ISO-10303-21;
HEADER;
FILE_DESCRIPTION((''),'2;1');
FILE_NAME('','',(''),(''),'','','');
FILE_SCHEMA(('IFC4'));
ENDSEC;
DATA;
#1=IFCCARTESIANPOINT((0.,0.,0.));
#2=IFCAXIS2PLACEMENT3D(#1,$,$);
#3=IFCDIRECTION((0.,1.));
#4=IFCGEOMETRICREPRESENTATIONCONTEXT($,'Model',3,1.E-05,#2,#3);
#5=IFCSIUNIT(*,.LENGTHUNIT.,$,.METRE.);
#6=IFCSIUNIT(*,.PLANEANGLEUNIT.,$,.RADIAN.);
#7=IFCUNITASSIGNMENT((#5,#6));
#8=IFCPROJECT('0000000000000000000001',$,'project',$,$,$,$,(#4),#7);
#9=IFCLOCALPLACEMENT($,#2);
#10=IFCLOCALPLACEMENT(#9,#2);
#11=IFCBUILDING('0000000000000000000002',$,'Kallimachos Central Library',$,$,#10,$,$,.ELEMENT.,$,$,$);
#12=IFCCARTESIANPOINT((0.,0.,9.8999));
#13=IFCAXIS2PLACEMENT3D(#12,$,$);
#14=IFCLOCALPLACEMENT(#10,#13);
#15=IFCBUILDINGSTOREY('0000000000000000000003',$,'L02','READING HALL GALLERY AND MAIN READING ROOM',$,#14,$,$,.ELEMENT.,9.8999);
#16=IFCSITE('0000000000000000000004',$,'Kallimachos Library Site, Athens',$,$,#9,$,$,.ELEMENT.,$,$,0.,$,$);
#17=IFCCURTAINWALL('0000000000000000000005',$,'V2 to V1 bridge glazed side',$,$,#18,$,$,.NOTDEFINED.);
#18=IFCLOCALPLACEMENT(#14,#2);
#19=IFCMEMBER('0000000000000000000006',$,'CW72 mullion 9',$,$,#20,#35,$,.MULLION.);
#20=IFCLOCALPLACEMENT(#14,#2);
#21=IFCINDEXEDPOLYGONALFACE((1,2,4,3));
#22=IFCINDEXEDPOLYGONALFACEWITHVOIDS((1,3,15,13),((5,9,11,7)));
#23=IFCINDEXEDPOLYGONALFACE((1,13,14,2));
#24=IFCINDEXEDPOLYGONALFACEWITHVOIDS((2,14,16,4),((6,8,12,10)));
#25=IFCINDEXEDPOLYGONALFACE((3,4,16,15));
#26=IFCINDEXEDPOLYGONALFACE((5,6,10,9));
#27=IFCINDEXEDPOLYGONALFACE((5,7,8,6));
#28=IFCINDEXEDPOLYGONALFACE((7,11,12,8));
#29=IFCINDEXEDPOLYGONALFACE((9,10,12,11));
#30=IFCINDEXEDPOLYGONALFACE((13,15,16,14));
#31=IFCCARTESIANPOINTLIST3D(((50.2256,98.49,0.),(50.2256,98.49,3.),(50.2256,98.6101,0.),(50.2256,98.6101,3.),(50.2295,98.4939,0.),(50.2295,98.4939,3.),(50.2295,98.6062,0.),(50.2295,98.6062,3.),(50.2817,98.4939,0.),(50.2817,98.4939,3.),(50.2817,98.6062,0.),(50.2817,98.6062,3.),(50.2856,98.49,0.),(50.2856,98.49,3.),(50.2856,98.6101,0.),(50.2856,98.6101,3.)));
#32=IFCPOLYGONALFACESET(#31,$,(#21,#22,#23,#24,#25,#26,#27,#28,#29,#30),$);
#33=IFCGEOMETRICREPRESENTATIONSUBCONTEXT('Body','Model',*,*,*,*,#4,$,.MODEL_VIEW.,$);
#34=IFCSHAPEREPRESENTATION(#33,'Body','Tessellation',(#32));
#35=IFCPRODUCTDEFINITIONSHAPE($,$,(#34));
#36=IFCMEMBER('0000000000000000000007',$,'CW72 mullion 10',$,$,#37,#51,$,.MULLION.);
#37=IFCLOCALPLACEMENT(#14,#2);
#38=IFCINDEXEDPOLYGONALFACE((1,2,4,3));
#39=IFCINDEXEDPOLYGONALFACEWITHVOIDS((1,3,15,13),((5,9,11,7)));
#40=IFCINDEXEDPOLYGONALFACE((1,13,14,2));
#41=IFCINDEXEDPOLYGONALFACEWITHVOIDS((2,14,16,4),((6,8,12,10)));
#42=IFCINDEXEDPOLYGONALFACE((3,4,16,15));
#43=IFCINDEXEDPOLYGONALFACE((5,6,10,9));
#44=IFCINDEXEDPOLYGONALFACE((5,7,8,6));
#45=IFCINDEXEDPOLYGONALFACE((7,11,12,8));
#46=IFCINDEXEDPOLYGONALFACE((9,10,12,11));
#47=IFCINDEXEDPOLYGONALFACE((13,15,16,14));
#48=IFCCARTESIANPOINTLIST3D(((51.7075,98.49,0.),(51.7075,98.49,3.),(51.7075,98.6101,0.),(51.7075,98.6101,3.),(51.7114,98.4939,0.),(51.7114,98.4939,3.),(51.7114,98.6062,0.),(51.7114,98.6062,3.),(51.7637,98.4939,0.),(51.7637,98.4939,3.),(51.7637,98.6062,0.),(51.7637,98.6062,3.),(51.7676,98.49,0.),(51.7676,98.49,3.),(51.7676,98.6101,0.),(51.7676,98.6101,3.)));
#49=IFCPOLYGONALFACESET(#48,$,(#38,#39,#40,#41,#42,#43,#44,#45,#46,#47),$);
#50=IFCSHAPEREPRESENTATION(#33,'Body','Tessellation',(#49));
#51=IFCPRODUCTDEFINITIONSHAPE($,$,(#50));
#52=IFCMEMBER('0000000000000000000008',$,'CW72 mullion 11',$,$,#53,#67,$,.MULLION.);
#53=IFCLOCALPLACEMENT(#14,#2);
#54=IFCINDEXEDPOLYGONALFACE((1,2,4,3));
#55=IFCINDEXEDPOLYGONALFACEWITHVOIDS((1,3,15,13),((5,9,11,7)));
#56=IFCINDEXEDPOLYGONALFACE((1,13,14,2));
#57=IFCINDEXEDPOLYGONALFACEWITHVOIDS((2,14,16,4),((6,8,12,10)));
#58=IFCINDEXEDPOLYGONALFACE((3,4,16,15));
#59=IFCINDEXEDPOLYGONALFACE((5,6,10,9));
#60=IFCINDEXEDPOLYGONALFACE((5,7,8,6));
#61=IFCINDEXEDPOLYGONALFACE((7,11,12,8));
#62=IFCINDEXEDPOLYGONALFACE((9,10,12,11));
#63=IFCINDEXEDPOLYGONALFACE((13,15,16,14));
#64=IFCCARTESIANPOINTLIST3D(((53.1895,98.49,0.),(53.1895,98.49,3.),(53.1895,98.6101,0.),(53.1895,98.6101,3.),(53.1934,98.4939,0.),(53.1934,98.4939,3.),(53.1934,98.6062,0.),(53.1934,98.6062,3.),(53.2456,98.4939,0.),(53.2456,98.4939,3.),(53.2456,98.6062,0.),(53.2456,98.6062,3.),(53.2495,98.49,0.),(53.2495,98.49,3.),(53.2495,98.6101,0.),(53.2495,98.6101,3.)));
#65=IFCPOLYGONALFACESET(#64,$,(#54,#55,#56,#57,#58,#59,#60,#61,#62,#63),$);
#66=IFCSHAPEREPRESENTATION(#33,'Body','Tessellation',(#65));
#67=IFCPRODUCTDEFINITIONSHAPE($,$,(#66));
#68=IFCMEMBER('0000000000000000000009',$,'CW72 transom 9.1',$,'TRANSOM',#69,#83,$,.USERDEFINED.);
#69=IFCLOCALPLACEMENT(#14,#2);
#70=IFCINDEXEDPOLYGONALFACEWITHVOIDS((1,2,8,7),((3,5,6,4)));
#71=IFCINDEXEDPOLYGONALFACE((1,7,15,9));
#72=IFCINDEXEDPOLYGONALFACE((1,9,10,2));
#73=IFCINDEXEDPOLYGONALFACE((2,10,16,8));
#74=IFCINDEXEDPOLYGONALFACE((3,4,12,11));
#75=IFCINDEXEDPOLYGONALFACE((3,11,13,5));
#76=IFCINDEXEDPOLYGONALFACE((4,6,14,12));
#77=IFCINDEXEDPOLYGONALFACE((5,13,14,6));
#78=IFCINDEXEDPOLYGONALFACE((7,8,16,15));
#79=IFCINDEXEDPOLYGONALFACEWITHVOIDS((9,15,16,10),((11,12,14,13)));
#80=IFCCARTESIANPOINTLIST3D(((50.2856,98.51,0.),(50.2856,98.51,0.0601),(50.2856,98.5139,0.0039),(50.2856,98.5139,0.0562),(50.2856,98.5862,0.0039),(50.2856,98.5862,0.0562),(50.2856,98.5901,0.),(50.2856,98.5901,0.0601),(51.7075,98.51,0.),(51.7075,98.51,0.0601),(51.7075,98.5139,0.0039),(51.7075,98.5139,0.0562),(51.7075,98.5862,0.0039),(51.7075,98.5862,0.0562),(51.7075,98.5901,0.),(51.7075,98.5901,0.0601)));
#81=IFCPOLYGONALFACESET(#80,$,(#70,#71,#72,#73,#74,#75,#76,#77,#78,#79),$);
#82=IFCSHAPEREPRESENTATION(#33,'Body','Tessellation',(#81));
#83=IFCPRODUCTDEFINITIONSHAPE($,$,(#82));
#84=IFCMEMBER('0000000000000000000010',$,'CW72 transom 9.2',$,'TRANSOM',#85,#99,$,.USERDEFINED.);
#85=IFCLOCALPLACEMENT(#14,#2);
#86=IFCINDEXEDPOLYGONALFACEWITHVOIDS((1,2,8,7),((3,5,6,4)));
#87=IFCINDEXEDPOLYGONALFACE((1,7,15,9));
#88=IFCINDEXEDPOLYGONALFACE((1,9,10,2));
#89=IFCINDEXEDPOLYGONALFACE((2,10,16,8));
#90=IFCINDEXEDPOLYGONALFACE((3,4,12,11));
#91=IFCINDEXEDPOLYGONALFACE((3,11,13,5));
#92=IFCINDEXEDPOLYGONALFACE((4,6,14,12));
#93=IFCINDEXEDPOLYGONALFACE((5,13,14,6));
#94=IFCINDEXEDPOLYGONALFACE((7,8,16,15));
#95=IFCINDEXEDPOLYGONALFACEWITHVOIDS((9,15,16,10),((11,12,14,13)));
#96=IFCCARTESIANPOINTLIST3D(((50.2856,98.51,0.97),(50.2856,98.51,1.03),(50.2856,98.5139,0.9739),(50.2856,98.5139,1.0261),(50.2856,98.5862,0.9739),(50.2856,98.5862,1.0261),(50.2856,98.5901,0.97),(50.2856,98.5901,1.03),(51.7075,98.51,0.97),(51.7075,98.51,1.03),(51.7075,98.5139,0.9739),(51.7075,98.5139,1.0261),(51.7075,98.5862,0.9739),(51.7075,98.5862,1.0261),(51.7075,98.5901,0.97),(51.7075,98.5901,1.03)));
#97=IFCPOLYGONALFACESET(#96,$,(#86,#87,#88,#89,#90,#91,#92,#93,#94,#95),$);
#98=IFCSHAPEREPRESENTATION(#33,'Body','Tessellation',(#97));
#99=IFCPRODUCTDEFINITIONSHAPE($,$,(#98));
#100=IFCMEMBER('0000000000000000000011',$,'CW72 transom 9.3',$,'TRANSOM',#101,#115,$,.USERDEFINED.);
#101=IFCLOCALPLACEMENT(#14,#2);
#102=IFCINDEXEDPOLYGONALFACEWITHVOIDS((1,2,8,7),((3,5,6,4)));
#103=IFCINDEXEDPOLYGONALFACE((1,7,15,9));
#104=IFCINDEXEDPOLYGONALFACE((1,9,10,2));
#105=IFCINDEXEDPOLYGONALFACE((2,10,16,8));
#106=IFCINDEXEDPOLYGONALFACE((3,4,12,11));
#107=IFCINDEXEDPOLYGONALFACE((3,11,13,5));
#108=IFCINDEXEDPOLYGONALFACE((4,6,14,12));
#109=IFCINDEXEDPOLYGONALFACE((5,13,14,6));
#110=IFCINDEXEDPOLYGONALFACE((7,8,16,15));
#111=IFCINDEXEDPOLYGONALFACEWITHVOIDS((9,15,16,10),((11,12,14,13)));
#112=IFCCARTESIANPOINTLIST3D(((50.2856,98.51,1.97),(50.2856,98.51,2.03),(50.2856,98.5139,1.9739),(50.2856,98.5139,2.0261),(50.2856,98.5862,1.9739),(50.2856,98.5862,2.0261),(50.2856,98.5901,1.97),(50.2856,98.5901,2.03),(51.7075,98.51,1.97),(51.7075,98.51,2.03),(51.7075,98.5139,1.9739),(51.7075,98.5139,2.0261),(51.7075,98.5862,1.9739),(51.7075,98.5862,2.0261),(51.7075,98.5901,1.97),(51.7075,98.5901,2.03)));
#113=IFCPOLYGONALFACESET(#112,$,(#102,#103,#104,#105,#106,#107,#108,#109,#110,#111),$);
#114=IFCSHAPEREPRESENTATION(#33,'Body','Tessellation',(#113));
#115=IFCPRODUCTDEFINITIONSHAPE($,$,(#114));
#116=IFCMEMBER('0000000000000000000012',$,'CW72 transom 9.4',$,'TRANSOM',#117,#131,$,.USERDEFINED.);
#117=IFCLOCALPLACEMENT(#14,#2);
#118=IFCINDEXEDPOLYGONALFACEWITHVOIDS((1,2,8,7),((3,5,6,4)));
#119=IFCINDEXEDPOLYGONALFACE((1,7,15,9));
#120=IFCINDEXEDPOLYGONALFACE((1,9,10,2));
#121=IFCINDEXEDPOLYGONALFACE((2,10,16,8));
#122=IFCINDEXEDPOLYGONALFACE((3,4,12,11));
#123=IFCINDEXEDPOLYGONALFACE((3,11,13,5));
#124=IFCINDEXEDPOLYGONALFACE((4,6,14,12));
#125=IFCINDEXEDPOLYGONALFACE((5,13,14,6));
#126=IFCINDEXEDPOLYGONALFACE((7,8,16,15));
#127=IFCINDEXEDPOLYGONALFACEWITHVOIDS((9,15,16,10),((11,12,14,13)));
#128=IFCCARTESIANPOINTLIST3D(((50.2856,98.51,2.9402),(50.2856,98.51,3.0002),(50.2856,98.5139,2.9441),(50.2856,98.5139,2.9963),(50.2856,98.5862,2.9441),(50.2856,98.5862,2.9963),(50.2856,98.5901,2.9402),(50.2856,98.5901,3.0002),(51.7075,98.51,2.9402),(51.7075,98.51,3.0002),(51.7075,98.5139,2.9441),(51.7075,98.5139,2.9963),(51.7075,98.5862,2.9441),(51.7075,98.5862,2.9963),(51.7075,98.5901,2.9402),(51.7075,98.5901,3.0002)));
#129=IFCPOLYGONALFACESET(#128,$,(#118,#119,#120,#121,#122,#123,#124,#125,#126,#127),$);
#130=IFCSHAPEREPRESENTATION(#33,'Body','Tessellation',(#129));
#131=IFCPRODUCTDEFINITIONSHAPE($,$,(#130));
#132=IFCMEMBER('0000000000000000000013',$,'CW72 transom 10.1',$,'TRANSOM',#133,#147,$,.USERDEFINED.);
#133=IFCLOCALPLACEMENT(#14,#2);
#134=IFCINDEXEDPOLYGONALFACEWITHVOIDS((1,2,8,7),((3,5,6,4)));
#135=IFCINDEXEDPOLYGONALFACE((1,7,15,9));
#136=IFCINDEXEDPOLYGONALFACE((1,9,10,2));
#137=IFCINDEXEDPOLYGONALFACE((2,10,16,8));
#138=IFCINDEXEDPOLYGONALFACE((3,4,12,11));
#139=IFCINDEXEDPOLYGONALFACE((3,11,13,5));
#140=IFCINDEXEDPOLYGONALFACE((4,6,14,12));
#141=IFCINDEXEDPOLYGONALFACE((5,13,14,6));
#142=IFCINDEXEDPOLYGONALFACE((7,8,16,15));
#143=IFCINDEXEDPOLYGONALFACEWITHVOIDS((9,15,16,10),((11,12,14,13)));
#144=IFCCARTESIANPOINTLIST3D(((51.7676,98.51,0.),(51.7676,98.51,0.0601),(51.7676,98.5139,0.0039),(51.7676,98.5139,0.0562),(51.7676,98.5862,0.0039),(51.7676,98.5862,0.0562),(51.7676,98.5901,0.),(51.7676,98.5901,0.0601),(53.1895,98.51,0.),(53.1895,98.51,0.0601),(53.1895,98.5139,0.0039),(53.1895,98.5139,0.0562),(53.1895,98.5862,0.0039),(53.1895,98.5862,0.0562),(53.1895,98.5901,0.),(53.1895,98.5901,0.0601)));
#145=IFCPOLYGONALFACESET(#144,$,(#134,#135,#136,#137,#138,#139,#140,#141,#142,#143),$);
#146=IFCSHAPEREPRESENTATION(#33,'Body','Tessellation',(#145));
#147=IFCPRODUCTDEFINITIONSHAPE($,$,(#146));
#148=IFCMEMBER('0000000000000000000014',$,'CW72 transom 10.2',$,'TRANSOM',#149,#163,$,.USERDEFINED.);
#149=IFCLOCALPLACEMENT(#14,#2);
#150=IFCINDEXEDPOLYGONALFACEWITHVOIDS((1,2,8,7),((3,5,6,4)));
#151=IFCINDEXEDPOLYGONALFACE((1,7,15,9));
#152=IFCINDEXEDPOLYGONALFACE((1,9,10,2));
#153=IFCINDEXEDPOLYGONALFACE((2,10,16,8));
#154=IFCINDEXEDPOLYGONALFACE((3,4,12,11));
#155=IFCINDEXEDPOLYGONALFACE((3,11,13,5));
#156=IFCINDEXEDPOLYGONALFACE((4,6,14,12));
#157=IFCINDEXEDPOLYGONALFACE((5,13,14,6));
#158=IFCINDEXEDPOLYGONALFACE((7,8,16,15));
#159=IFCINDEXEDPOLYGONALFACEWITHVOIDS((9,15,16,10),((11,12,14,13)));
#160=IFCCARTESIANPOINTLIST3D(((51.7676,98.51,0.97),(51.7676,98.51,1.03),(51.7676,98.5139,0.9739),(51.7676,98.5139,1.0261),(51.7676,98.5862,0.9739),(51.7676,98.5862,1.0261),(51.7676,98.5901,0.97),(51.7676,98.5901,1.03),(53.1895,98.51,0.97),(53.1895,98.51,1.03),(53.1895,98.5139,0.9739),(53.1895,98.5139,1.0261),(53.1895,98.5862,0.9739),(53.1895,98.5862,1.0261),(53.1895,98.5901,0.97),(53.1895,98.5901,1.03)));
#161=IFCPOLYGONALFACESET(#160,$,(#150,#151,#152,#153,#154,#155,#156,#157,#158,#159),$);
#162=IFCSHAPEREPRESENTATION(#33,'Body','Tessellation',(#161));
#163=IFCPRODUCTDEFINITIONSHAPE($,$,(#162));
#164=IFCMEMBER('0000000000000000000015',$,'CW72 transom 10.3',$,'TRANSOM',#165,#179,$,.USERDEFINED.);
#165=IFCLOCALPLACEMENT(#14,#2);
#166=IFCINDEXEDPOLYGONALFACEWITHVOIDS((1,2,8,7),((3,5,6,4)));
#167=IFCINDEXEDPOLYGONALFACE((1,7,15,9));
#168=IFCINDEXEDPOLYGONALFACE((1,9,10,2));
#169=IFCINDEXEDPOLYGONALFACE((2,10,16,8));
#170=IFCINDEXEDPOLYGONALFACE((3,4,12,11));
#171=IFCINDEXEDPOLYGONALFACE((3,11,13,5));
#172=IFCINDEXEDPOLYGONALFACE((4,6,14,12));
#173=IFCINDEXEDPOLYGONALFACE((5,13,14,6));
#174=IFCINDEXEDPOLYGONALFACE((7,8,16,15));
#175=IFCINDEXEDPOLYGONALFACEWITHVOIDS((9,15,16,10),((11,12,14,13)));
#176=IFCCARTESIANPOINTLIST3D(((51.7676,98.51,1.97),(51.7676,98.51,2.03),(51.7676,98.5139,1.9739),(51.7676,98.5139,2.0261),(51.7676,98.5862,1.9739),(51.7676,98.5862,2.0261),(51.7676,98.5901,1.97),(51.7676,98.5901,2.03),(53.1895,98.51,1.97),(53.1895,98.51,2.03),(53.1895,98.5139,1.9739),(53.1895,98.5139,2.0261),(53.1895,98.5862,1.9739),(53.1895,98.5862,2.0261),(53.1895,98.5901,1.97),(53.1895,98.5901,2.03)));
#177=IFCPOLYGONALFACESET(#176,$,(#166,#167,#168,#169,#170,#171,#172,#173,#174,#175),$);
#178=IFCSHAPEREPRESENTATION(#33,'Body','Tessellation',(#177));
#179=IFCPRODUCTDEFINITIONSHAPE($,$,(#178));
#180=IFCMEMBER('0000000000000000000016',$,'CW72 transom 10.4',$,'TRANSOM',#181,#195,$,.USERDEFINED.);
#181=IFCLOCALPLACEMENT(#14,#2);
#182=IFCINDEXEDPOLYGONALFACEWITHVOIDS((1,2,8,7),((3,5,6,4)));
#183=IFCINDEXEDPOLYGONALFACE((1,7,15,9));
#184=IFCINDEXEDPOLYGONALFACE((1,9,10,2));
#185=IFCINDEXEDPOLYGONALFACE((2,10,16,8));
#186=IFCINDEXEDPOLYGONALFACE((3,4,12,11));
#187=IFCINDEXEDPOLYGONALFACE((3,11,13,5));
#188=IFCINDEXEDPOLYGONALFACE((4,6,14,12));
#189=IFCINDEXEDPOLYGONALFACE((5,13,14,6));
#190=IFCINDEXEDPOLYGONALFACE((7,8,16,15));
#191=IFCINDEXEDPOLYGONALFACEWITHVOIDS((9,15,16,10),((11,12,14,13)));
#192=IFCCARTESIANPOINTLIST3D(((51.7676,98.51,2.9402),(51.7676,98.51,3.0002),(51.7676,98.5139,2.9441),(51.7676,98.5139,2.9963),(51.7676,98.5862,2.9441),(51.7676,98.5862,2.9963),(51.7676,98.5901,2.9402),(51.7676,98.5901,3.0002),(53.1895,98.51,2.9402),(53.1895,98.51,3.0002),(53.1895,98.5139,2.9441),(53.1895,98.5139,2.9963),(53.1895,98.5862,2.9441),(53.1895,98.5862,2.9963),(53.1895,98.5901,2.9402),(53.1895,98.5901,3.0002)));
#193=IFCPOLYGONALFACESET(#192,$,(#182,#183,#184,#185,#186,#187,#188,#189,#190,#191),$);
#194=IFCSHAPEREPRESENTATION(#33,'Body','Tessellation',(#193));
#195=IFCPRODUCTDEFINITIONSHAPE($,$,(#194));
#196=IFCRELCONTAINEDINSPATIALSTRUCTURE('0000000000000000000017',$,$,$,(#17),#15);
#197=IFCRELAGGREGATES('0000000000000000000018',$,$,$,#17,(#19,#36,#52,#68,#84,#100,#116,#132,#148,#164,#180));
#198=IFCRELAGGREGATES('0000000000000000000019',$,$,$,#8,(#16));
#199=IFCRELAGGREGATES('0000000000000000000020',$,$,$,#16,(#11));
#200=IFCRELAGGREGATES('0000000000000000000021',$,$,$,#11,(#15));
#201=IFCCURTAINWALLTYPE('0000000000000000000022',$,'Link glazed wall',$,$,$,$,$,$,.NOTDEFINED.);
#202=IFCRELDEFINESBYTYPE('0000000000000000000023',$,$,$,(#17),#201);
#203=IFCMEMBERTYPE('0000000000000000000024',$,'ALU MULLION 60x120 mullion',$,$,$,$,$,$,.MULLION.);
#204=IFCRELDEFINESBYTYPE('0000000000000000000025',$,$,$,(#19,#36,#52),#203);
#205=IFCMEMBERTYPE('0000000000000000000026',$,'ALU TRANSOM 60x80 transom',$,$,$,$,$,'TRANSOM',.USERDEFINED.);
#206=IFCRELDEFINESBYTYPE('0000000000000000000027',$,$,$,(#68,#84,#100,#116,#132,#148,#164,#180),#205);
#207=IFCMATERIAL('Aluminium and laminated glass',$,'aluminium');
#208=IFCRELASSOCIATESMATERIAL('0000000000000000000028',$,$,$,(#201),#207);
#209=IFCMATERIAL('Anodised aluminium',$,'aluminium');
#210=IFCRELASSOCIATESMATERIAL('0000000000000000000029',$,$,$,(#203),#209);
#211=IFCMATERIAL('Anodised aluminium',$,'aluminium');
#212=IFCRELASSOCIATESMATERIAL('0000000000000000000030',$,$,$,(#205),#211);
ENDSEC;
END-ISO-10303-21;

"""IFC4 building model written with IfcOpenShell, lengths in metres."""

from ifc_helpers import new_model, si_unit, direction, frame, origin, origin_2d, place, context, subcontext, project, spatial, hollow_rectangle, extrude, material, material_profile, profile_set, type_object, element, aggregate, save


model = new_model("IFC4")

# Units and contexts
model_context = context("Model", 3, precision=1e-05, world=origin(), true_north=direction((0.0, 1.0)))
body_context = subcontext(model_context, "Body", "Model", "MODEL_VIEW")
ifc_project = project(units=[si_unit("LENGTHUNIT", "METRE"), si_unit("PLANEANGLEUNIT", "RADIAN")], contexts=[model_context])

# Site, building, storey
site_placement = place(None, origin())
site = spatial("IfcSite", under=ifc_project, at=site_placement, Name="Kallimachos Library Site, Athens", CompositionType="ELEMENT", RefElevation=0.0)
building_placement = place(site_placement, origin())
building = spatial("IfcBuilding", under=site, at=building_placement, Name="Kallimachos Central Library", CompositionType="ELEMENT")
storey_placement = place(building_placement, frame((0.0, 0.0, 9.8999)))
storey = spatial("IfcBuildingStorey", under=building, at=storey_placement, Name="L02", Description="READING HALL GALLERY AND MAIN READING ROOM", CompositionType="ELEMENT", Elevation=9.8999)

# Curtain wall, members
ifc_material_1 = material(Name="Aluminium and laminated glass", Category="aluminium")
curtain_wall_type = type_object("IfcCurtainWallType", Name="Link glazed wall", PredefinedType="NOTDEFINED", material=ifc_material_1)
curtain_wall_placement = place(storey_placement, origin())
curtain_wall = element("IfcCurtainWall", 1, at=curtain_wall_placement, inside=storey, type_object=curtain_wall_type, Name="V2 to V1 bridge glazed side", PredefinedType="NOTDEFINED")
ifc_material_2 = material(Name="Anodised aluminium", Category="aluminium")
ifc_material_profile_1 = material_profile(ifc_material_2, hollow_rectangle(XDim=0.0601, YDim=0.1201, WallThickness=0.0039, at=origin_2d()), Name="ALU MULLION 60x120")
ifc_profile_set_1 = profile_set([ifc_material_profile_1], Name="Anodised aluminium")
member_type_1 = type_object("IfcMemberType", Name="ALU MULLION 60x120 mullion", PredefinedType="MULLION", material=ifc_profile_set_1)
member_1_placement = place(storey_placement, frame((50.2556, 98.55, 0.0), z_axis=(0.0, 0.0, 1.0), x_axis=(1.0, 0.0, 0.0)))
member_1 = element("IfcMember", 2, at=member_1_placement, type_object=member_type_1, Name="CW72 mullion 9", PredefinedType="MULLION", context=body_context, shape_type="SweptSolid", body=[
    extrude(hollow_rectangle(XDim=0.0601, YDim=0.1201, WallThickness=0.0039, at=origin_2d()), origin(), (0.0, 0.0, 1.0), 3.0),
])
member_2_placement = place(storey_placement, frame((51.7375, 98.55, 0.0), z_axis=(0.0, 0.0, 1.0), x_axis=(1.0, 0.0, 0.0)))
member_2 = element("IfcMember", 3, at=member_2_placement, type_object=member_type_1, Name="CW72 mullion 10", PredefinedType="MULLION", context=body_context, shape_type="SweptSolid", body=[
    extrude(hollow_rectangle(XDim=0.0601, YDim=0.1201, WallThickness=0.0039, at=origin_2d()), origin(), (0.0, 0.0, 1.0), 3.0),
])
member_3_placement = place(storey_placement, frame((53.2195, 98.55, 0.0), z_axis=(0.0, 0.0, 1.0), x_axis=(1.0, 0.0, 0.0)))
member_3 = element("IfcMember", 4, at=member_3_placement, type_object=member_type_1, Name="CW72 mullion 11", PredefinedType="MULLION", context=body_context, shape_type="SweptSolid", body=[
    extrude(hollow_rectangle(XDim=0.0601, YDim=0.1201, WallThickness=0.0039, at=origin_2d()), origin(), (0.0, 0.0, 1.0), 3.0),
])
ifc_material_3 = material(Name="Anodised aluminium", Category="aluminium")
ifc_material_profile_2 = material_profile(ifc_material_3, hollow_rectangle(XDim=0.0601, YDim=0.0801, WallThickness=0.0039, at=origin_2d()), Name="ALU TRANSOM 60x80")
ifc_profile_set_2 = profile_set([ifc_material_profile_2], Name="Anodised aluminium")
member_type_2 = type_object("IfcMemberType", Name="ALU TRANSOM 60x80 transom", ElementType="TRANSOM", PredefinedType="USERDEFINED", material=ifc_profile_set_2)
member_4_placement = place(storey_placement, frame((50.2856, 98.55, 0.03), z_axis=(1.0, 0.0, 0.0), x_axis=(0.0, 0.0, 1.0)))
member_4 = element("IfcMember", 5, at=member_4_placement, type_object=member_type_2, Name="CW72 transom 9.1", ObjectType="TRANSOM", PredefinedType="USERDEFINED", context=body_context, shape_type="SweptSolid", body=[
    extrude(hollow_rectangle(XDim=0.0601, YDim=0.0801, WallThickness=0.0039, at=origin_2d()), origin(), (0.0, 0.0, 1.0), 1.4219),
])
member_5_placement = place(storey_placement, frame((50.2856, 98.55, 1.0), z_axis=(1.0, 0.0, 0.0), x_axis=(0.0, 0.0, 1.0)))
member_5 = element("IfcMember", 6, at=member_5_placement, type_object=member_type_2, Name="CW72 transom 9.2", ObjectType="TRANSOM", PredefinedType="USERDEFINED", context=body_context, shape_type="SweptSolid", body=[
    extrude(hollow_rectangle(XDim=0.0601, YDim=0.0801, WallThickness=0.0039, at=origin_2d()), origin(), (0.0, 0.0, 1.0), 1.4219),
])
member_6_placement = place(storey_placement, frame((50.2856, 98.55, 2.0), z_axis=(1.0, 0.0, 0.0), x_axis=(0.0, 0.0, 1.0)))
member_6 = element("IfcMember", 7, at=member_6_placement, type_object=member_type_2, Name="CW72 transom 9.3", ObjectType="TRANSOM", PredefinedType="USERDEFINED", context=body_context, shape_type="SweptSolid", body=[
    extrude(hollow_rectangle(XDim=0.0601, YDim=0.0801, WallThickness=0.0039, at=origin_2d()), origin(), (0.0, 0.0, 1.0), 1.4219),
])
member_7_placement = place(storey_placement, frame((50.2856, 98.55, 2.9702), z_axis=(1.0, 0.0, 0.0), x_axis=(0.0, 0.0, 1.0)))
member_7 = element("IfcMember", 8, at=member_7_placement, type_object=member_type_2, Name="CW72 transom 9.4", ObjectType="TRANSOM", PredefinedType="USERDEFINED", context=body_context, shape_type="SweptSolid", body=[
    extrude(hollow_rectangle(XDim=0.0601, YDim=0.0801, WallThickness=0.0039, at=origin_2d()), origin(), (0.0, 0.0, 1.0), 1.4219),
])
member_8_placement = place(storey_placement, frame((51.7676, 98.55, 0.03), z_axis=(1.0, 0.0, 0.0), x_axis=(0.0, 0.0, 1.0)))
member_8 = element("IfcMember", 9, at=member_8_placement, type_object=member_type_2, Name="CW72 transom 10.1", ObjectType="TRANSOM", PredefinedType="USERDEFINED", context=body_context, shape_type="SweptSolid", body=[
    extrude(hollow_rectangle(XDim=0.0601, YDim=0.0801, WallThickness=0.0039, at=origin_2d()), origin(), (0.0, 0.0, 1.0), 1.4219),
])
member_9_placement = place(storey_placement, frame((51.7676, 98.55, 1.0), z_axis=(1.0, 0.0, 0.0), x_axis=(0.0, 0.0, 1.0)))
member_9 = element("IfcMember", 10, at=member_9_placement, type_object=member_type_2, Name="CW72 transom 10.2", ObjectType="TRANSOM", PredefinedType="USERDEFINED", context=body_context, shape_type="SweptSolid", body=[
    extrude(hollow_rectangle(XDim=0.0601, YDim=0.0801, WallThickness=0.0039, at=origin_2d()), origin(), (0.0, 0.0, 1.0), 1.4219),
])
member_10_placement = place(storey_placement, frame((51.7676, 98.55, 2.0), z_axis=(1.0, 0.0, 0.0), x_axis=(0.0, 0.0, 1.0)))
member_10 = element("IfcMember", 11, at=member_10_placement, type_object=member_type_2, Name="CW72 transom 10.3", ObjectType="TRANSOM", PredefinedType="USERDEFINED", context=body_context, shape_type="SweptSolid", body=[
    extrude(hollow_rectangle(XDim=0.0601, YDim=0.0801, WallThickness=0.0039, at=origin_2d()), origin(), (0.0, 0.0, 1.0), 1.4219),
])
member_11_placement = place(storey_placement, frame((51.7676, 98.55, 2.9702), z_axis=(1.0, 0.0, 0.0), x_axis=(0.0, 0.0, 1.0)))
member_11 = element("IfcMember", 12, at=member_11_placement, type_object=member_type_2, Name="CW72 transom 10.4", ObjectType="TRANSOM", PredefinedType="USERDEFINED", context=body_context, shape_type="SweptSolid", body=[
    extrude(hollow_rectangle(XDim=0.0601, YDim=0.0801, WallThickness=0.0039, at=origin_2d()), origin(), (0.0, 0.0, 1.0), 1.4219),
])

aggregate(curtain_wall, [member_1, member_2, member_3, member_4, member_5, member_6, member_7, member_8, member_9, member_10, member_11])

save(model, "model.ifc")
